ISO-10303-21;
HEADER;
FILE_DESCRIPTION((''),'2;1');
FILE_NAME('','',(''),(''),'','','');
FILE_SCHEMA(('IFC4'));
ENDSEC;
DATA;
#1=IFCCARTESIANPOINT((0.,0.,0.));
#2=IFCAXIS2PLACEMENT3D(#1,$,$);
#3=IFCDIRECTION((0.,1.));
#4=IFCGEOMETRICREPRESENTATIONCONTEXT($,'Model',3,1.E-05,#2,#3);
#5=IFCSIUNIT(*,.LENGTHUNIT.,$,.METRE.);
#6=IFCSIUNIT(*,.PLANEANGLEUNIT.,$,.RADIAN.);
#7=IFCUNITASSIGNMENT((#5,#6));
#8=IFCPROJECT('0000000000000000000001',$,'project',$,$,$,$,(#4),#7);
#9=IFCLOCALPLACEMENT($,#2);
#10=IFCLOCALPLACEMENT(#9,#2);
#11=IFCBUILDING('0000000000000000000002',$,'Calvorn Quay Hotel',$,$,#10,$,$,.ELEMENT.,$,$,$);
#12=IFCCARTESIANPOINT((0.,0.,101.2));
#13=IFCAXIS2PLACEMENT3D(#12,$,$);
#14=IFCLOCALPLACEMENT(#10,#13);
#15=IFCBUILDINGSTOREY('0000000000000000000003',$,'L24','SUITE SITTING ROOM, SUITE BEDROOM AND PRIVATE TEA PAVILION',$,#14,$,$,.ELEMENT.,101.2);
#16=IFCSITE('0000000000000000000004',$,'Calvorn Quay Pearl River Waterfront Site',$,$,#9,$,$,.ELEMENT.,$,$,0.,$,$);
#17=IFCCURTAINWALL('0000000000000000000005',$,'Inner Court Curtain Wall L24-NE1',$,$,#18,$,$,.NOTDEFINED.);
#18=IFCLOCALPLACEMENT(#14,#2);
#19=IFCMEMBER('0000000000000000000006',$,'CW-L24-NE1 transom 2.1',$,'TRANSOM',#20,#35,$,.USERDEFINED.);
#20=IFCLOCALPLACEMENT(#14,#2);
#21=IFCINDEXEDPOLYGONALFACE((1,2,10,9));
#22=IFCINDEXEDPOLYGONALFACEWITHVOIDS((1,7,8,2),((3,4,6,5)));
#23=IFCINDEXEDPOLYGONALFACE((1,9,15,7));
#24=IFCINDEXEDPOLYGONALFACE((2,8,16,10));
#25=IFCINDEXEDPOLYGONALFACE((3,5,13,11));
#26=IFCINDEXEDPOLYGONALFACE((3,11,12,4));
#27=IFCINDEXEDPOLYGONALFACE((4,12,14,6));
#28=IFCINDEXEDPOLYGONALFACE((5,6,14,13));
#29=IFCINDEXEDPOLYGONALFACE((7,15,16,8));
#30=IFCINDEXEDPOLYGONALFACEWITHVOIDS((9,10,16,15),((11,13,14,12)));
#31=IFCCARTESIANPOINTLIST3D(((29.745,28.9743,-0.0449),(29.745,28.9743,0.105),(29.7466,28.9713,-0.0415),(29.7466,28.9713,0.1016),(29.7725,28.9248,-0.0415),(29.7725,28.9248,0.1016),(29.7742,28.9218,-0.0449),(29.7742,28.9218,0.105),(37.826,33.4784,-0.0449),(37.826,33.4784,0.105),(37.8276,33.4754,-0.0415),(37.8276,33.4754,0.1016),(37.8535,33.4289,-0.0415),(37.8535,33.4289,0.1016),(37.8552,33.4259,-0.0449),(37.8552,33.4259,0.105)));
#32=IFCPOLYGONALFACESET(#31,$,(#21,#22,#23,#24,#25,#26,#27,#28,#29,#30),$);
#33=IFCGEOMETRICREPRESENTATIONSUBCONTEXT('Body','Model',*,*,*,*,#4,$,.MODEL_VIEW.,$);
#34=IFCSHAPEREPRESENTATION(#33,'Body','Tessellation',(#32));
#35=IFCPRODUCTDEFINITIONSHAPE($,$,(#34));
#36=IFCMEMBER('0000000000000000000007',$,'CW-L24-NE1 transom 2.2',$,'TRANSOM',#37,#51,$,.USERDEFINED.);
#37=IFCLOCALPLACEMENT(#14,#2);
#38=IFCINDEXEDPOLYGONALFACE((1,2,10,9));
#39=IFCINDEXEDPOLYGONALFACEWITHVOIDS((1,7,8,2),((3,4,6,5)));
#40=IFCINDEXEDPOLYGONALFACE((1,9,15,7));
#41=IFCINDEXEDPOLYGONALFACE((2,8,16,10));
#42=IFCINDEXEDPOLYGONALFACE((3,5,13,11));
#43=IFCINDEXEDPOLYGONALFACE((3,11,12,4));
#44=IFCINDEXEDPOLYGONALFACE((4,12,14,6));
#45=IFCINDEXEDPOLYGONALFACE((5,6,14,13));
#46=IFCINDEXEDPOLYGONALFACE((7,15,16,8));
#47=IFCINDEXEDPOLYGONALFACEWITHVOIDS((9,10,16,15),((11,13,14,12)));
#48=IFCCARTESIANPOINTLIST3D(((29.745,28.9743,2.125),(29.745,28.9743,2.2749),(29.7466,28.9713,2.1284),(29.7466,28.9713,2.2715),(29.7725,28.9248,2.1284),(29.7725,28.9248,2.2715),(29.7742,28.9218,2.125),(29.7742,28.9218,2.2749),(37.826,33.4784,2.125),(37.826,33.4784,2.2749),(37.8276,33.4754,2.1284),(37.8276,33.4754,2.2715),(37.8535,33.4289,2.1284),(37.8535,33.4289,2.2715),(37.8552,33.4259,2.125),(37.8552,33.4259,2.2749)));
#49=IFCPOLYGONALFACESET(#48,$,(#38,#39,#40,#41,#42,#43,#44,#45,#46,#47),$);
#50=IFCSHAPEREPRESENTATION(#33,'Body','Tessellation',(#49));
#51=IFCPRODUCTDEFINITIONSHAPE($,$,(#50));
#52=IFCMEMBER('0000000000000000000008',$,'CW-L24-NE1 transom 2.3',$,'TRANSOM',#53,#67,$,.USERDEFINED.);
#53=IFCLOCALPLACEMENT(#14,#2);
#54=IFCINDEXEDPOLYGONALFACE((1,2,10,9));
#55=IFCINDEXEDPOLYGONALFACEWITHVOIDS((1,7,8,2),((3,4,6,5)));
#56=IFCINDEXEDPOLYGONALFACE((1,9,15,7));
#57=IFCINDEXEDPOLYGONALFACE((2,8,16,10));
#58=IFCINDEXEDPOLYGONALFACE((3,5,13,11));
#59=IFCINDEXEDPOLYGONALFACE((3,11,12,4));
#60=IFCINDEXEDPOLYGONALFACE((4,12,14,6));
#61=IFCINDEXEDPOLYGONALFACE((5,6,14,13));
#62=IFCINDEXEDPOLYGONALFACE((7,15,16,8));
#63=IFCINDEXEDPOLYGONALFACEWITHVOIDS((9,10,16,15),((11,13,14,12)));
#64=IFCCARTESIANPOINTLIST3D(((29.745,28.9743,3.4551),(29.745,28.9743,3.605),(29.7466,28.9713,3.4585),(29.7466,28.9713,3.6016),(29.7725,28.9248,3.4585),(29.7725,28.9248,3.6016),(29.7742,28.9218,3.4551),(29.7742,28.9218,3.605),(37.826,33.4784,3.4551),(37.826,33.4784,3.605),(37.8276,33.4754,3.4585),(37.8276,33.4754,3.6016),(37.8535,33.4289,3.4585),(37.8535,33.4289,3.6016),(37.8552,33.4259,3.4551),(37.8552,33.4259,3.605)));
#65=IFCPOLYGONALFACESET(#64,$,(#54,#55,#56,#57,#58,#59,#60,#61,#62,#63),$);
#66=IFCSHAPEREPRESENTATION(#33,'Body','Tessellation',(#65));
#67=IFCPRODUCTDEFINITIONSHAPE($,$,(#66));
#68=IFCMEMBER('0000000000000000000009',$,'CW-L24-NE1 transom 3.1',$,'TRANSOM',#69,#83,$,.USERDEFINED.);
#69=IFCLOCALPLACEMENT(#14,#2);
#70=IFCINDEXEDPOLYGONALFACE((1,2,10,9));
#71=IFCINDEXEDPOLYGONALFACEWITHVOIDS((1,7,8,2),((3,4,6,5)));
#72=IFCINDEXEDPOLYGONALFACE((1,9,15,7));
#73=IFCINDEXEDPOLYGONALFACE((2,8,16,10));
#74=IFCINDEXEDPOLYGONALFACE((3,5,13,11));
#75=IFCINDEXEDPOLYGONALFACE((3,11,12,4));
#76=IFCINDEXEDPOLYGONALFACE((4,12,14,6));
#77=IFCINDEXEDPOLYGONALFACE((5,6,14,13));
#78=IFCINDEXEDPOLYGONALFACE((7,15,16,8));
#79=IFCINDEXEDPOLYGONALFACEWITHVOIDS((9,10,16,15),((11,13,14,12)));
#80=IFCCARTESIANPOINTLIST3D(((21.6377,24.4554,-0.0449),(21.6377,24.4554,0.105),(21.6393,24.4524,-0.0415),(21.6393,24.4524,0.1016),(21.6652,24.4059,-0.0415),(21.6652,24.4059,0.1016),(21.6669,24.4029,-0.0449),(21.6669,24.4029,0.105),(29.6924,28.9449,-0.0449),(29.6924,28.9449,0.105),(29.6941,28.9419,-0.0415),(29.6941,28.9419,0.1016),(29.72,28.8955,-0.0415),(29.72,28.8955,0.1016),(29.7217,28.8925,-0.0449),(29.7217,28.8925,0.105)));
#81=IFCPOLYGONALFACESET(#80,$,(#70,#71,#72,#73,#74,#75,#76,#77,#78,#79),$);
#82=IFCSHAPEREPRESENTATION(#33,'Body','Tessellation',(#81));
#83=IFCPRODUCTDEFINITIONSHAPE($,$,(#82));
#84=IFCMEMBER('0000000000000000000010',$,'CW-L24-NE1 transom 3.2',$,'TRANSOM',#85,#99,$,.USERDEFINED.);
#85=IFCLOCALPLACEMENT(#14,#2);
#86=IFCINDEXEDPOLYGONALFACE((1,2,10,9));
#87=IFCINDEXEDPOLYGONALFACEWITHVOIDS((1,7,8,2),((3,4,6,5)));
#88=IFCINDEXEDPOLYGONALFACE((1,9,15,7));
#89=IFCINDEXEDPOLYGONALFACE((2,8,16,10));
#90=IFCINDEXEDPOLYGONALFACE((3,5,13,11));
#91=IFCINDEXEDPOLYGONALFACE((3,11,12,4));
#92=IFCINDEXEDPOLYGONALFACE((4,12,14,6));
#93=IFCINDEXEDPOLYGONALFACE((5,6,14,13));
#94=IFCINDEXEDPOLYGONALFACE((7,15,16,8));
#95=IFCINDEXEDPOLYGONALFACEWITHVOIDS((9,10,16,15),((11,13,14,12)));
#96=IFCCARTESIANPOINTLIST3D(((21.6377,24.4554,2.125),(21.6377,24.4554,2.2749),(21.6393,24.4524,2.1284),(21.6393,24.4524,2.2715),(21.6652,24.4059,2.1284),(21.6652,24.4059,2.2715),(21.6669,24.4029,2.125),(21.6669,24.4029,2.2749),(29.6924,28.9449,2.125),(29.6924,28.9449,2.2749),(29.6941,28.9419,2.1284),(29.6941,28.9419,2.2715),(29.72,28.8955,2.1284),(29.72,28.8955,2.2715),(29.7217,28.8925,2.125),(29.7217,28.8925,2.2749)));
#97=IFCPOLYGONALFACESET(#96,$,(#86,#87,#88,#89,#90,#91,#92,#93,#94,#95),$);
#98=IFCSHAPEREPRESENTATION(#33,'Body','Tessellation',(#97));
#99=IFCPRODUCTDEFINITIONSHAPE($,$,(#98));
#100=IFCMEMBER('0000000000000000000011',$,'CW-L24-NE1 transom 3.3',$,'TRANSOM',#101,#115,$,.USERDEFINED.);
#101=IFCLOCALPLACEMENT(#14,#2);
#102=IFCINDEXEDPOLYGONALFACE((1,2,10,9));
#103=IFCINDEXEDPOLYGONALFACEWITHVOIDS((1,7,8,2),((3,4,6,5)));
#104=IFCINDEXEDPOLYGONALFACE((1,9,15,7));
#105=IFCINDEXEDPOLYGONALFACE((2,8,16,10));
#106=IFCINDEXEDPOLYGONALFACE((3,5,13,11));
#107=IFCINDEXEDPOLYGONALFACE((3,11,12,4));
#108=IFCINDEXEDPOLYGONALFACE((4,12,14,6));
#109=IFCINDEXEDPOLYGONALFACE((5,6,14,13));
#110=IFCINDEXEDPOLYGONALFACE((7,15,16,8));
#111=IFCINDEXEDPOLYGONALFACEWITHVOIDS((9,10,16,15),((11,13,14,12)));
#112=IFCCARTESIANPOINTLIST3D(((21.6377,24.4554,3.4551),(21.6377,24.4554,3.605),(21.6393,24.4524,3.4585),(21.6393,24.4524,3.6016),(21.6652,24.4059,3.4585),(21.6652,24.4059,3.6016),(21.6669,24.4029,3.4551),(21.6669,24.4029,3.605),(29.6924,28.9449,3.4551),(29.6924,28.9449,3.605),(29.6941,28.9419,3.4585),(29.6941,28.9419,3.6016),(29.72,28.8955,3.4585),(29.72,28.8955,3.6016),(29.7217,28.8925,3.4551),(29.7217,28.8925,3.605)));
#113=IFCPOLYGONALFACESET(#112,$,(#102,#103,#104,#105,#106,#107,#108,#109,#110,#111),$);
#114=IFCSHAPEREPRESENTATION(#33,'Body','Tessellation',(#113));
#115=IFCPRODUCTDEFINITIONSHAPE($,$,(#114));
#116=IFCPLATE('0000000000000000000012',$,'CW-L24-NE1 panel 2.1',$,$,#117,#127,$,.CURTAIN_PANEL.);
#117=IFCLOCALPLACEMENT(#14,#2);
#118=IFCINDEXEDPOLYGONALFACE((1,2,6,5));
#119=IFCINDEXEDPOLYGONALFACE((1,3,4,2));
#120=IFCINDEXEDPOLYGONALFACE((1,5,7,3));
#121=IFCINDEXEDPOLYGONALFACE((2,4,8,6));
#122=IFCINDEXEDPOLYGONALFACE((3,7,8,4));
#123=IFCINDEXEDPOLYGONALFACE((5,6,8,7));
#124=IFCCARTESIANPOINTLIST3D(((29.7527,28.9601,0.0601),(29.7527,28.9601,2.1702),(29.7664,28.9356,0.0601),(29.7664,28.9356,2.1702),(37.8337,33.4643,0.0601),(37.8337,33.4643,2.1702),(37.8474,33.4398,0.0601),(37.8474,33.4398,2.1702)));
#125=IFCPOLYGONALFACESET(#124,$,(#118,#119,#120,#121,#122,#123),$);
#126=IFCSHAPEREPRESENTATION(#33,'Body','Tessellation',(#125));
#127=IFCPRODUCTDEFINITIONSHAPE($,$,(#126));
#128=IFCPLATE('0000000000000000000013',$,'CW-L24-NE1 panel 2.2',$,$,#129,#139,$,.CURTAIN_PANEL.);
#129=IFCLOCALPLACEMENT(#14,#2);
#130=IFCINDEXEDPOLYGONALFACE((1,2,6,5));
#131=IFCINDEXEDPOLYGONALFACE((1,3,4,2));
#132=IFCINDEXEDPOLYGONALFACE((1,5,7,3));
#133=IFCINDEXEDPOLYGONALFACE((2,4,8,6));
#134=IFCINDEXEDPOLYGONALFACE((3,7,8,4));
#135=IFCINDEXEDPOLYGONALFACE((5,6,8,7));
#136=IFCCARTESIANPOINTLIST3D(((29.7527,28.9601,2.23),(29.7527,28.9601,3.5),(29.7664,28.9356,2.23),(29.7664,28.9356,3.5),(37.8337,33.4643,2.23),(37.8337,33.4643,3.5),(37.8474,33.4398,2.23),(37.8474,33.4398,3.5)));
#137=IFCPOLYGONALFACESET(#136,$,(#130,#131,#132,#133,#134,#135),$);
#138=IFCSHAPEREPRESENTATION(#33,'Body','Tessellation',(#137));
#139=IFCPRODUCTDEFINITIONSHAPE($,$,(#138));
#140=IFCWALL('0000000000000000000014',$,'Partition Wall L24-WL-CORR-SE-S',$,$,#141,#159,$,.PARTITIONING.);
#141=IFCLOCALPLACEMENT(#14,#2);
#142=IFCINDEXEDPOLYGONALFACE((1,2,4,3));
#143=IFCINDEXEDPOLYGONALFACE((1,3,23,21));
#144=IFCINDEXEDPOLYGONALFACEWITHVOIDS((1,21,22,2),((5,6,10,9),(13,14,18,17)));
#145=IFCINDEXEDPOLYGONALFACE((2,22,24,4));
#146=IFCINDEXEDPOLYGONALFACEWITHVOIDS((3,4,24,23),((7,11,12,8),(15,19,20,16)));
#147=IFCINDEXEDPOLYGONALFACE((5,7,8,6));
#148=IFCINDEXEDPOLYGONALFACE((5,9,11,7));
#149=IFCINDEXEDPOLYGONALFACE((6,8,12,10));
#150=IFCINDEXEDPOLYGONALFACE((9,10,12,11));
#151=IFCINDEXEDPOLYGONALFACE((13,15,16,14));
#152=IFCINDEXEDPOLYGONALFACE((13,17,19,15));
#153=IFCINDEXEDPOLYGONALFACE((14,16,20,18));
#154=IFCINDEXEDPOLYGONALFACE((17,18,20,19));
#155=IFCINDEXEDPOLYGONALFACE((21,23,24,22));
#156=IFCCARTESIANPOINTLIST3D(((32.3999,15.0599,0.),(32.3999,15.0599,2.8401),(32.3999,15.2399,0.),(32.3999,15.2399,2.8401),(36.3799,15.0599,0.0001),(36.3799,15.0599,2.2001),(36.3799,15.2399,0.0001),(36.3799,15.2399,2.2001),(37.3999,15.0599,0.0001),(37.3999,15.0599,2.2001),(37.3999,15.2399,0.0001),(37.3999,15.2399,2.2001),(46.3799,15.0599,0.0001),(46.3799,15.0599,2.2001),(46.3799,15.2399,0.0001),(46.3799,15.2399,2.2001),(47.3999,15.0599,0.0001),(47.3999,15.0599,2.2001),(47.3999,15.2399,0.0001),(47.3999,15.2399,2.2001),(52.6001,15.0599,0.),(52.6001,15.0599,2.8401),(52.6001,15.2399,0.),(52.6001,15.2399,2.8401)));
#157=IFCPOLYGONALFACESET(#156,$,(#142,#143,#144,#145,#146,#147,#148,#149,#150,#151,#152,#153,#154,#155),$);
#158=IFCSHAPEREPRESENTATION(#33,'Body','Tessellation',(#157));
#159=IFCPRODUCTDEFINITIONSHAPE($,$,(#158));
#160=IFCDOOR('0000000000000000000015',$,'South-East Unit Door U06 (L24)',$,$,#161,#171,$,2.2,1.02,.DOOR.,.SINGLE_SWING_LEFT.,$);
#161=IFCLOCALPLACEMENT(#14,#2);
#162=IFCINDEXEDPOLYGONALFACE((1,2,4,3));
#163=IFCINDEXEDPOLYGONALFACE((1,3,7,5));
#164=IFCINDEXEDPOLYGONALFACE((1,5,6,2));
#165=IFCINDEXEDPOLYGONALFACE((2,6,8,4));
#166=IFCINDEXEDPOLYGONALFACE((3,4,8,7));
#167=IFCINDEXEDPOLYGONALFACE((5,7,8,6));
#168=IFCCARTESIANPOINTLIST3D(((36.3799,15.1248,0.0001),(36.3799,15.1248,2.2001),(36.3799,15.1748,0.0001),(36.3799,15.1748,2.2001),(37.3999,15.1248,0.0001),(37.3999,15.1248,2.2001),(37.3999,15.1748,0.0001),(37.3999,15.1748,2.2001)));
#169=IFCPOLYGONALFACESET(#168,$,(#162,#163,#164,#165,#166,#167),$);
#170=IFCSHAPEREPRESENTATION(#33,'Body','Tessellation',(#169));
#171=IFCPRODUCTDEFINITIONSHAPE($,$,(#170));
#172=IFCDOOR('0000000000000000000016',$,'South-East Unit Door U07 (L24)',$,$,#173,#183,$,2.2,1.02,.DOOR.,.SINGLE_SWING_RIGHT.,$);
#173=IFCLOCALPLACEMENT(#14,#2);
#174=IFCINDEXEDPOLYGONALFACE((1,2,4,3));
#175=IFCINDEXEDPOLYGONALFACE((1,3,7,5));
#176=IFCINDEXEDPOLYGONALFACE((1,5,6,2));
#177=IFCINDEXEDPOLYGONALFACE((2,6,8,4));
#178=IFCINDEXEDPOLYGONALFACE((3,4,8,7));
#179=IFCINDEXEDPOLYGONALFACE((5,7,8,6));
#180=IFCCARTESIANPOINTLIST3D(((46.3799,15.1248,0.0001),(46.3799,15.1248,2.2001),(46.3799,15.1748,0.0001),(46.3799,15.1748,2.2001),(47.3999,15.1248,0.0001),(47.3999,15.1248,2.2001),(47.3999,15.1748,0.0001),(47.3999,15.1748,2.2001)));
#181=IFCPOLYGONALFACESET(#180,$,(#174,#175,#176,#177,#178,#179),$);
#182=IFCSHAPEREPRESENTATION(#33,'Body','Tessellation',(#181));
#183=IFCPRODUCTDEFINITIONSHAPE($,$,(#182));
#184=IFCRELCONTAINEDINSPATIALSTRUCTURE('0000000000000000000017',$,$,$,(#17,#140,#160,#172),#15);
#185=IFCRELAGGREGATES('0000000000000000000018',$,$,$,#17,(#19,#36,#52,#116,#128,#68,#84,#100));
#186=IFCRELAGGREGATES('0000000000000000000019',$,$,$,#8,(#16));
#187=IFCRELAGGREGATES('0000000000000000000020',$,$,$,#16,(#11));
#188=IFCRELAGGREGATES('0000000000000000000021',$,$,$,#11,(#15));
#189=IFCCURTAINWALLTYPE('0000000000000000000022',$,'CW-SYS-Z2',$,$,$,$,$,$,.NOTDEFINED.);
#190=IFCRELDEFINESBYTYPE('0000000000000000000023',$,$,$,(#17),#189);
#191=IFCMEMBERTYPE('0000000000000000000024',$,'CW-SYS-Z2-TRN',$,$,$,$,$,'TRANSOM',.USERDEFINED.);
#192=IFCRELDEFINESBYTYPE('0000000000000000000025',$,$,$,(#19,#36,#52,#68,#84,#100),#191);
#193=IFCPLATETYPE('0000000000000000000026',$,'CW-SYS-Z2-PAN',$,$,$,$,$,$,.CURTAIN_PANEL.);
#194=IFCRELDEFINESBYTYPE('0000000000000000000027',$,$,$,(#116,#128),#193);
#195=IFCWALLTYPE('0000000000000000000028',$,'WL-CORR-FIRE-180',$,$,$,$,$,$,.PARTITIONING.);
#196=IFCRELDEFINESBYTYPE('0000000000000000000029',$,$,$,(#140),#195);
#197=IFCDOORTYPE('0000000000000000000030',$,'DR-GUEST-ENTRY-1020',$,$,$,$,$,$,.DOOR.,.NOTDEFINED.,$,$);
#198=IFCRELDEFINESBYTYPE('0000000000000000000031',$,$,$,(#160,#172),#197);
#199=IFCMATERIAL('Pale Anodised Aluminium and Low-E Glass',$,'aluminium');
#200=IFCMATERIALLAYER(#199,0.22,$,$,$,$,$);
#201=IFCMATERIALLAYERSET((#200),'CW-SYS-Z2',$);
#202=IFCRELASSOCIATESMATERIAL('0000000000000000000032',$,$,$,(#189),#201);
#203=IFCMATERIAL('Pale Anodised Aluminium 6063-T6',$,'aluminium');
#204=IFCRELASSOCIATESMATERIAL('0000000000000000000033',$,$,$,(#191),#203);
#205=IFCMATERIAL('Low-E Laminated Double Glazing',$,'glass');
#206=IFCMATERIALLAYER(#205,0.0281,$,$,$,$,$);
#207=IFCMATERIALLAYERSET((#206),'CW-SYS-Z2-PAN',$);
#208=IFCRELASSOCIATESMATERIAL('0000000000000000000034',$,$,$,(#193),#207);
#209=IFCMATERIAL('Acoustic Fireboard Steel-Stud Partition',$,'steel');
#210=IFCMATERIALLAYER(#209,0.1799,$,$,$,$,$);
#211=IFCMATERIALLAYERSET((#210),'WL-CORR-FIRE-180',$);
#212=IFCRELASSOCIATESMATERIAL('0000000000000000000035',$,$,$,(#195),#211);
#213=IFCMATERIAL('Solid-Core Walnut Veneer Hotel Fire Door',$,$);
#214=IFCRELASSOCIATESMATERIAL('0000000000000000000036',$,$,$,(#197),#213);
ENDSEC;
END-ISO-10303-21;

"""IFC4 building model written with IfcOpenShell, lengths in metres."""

from ifc_helpers import new_model, si_unit, direction, frame, frame_2d, origin, origin_2d, place, context, subcontext, project, spatial, rectangle, hollow_rectangle, extrude, material, layer, layer_set, material_profile, profile_set, type_object, element, fill, aggregate, save


model = new_model("IFC4")

# Units and contexts
model_context = context("Model", 3, precision=1e-05, world=origin(), true_north=direction((0.0, 1.0)))
body_context = subcontext(model_context, "Body", "Model", "MODEL_VIEW")
ifc_project = project(units=[si_unit("LENGTHUNIT", "METRE"), si_unit("PLANEANGLEUNIT", "RADIAN")], contexts=[model_context])

# Site, building, storey
site_placement = place(None, origin())
site = spatial("IfcSite", under=ifc_project, at=site_placement, Name="Calvorn Quay Pearl River Waterfront Site", CompositionType="ELEMENT", RefElevation=0.0)
building_placement = place(site_placement, origin())
building = spatial("IfcBuilding", under=site, at=building_placement, Name="Calvorn Quay Hotel", CompositionType="ELEMENT")
storey_placement = place(building_placement, frame((0.0, 0.0, 101.2)))
storey = spatial("IfcBuildingStorey", under=building, at=storey_placement, Name="L24", Description="SUITE SITTING ROOM, SUITE BEDROOM AND PRIVATE TEA PAVILION", CompositionType="ELEMENT", Elevation=101.2)

# Curtain wall, members, plates
ifc_material_1 = material(Name="Pale Anodised Aluminium and Low-E Glass", Category="aluminium")
ifc_layer_1 = layer(ifc_material_1, 0.22)
ifc_layer_set_1 = layer_set([ifc_layer_1], Name="CW-SYS-Z2")
curtain_wall_type = type_object("IfcCurtainWallType", Name="CW-SYS-Z2", PredefinedType="NOTDEFINED", material=ifc_layer_set_1)
curtain_wall_placement = place(storey_placement, origin())
curtain_wall = element("IfcCurtainWall", 1, at=curtain_wall_placement, inside=storey, type_object=curtain_wall_type, Name="Inner Court Curtain Wall L24-NE1", PredefinedType="NOTDEFINED")
ifc_material_2 = material(Name="Pale Anodised Aluminium 6063-T6", Category="aluminium")
ifc_material_profile_1 = material_profile(ifc_material_2, hollow_rectangle(XDim=0.0601, YDim=0.1499, WallThickness=0.0034, at=origin_2d()), Name="ALU-T150x60x3.5")
ifc_profile_set_1 = profile_set([ifc_material_profile_1], Name="Pale Anodised Aluminium 6063-T6")
member_type_1 = type_object("IfcMemberType", Name="CW-SYS-Z2-TRN", ElementType="TRANSOM", PredefinedType="USERDEFINED", material=ifc_profile_set_1)
member_1_placement = place(storey_placement, frame((37.8406, 33.4521, 0.03), z_axis=(-0.873483, -0.486855, 0.0), x_axis=(0.486855, -0.873483, 0.0)))
member_1 = element("IfcMember", 2, at=member_1_placement, type_object=member_type_1, Name="CW-L24-NE1 transom 2.1", ObjectType="TRANSOM", PredefinedType="USERDEFINED", context=body_context, shape_type="SweptSolid", body=[
    extrude(hollow_rectangle(XDim=0.0601, YDim=0.1499, WallThickness=0.0034, at=origin_2d()), origin(), (0.0, 0.0, 1.0), 9.2515),
])
member_2_placement = place(storey_placement, frame((37.8406, 33.4521, 2.2), z_axis=(-0.873483, -0.486855, 0.0), x_axis=(0.486855, -0.873483, 0.0)))
member_2 = element("IfcMember", 3, at=member_2_placement, type_object=member_type_1, Name="CW-L24-NE1 transom 2.2", ObjectType="TRANSOM", PredefinedType="USERDEFINED", context=body_context, shape_type="SweptSolid", body=[
    extrude(hollow_rectangle(XDim=0.0601, YDim=0.1499, WallThickness=0.0034, at=origin_2d()), origin(), (0.0, 0.0, 1.0), 9.2515),
])
member_3_placement = place(storey_placement, frame((37.8406, 33.4521, 3.53), z_axis=(-0.873483, -0.486855, 0.0), x_axis=(0.486855, -0.873483, 0.0)))
member_3 = element("IfcMember", 4, at=member_3_placement, type_object=member_type_1, Name="CW-L24-NE1 transom 2.3", ObjectType="TRANSOM", PredefinedType="USERDEFINED", context=body_context, shape_type="SweptSolid", body=[
    extrude(hollow_rectangle(XDim=0.0601, YDim=0.1499, WallThickness=0.0034, at=origin_2d()), origin(), (0.0, 0.0, 1.0), 9.2515),
])
member_4_placement = place(storey_placement, frame((29.707, 28.9187, 0.03), z_axis=(-0.873481, -0.486859, 0.0), x_axis=(0.486859, -0.873481, 0.0)))
member_4 = element("IfcMember", 5, at=member_4_placement, type_object=member_type_1, Name="CW-L24-NE1 transom 3.1", ObjectType="TRANSOM", PredefinedType="USERDEFINED", context=body_context, shape_type="SweptSolid", body=[
    extrude(hollow_rectangle(XDim=0.0601, YDim=0.1499, WallThickness=0.0034, at=origin_2d()), origin(), (0.0, 0.0, 1.0), 9.2214),
])
member_5_placement = place(storey_placement, frame((29.707, 28.9187, 2.2), z_axis=(-0.873481, -0.486859, 0.0), x_axis=(0.486859, -0.873481, 0.0)))
member_5 = element("IfcMember", 6, at=member_5_placement, type_object=member_type_1, Name="CW-L24-NE1 transom 3.2", ObjectType="TRANSOM", PredefinedType="USERDEFINED", context=body_context, shape_type="SweptSolid", body=[
    extrude(hollow_rectangle(XDim=0.0601, YDim=0.1499, WallThickness=0.0034, at=origin_2d()), origin(), (0.0, 0.0, 1.0), 9.2214),
])
member_6_placement = place(storey_placement, frame((29.707, 28.9187, 3.53), z_axis=(-0.873481, -0.486859, 0.0), x_axis=(0.486859, -0.873481, 0.0)))
member_6 = element("IfcMember", 7, at=member_6_placement, type_object=member_type_1, Name="CW-L24-NE1 transom 3.3", ObjectType="TRANSOM", PredefinedType="USERDEFINED", context=body_context, shape_type="SweptSolid", body=[
    extrude(hollow_rectangle(XDim=0.0601, YDim=0.1499, WallThickness=0.0034, at=origin_2d()), origin(), (0.0, 0.0, 1.0), 9.2214),
])
ifc_material_3 = material(Name="Low-E Laminated Double Glazing", Category="glass")
ifc_layer_2 = layer(ifc_material_3, 0.0281)
ifc_layer_set_2 = layer_set([ifc_layer_2], Name="CW-SYS-Z2-PAN")
plate_type = type_object("IfcPlateType", Name="CW-SYS-Z2-PAN", PredefinedType="CURTAIN_PANEL", material=ifc_layer_set_2)
plate_1_placement = place(storey_placement, frame((33.8, 31.2, 0.0601), z_axis=(0.0, 0.0, 1.0), x_axis=(-0.873481, -0.486858, 0.0)))
plate_1 = element("IfcPlate", 8, at=plate_1_placement, type_object=plate_type, Name="CW-L24-NE1 panel 2.1", PredefinedType="CURTAIN_PANEL", context=body_context, shape_type="SweptSolid", body=[
    extrude(rectangle(XDim=9.2515, YDim=0.0281, at=origin_2d()), origin(), (0.0, 0.0, 1.0), 2.1101),
])
plate_2_placement = place(storey_placement, frame((33.8, 31.2, 2.23), z_axis=(0.0, 0.0, 1.0), x_axis=(-0.873481, -0.486858, 0.0)))
plate_2 = element("IfcPlate", 9, at=plate_2_placement, type_object=plate_type, Name="CW-L24-NE1 panel 2.2", PredefinedType="CURTAIN_PANEL", context=body_context, shape_type="SweptSolid", body=[
    extrude(rectangle(XDim=9.2515, YDim=0.0281, at=origin_2d()), origin(), (0.0, 0.0, 1.0), 1.27),
])
aggregate(curtain_wall, [member_1, member_2, member_3, plate_1, plate_2, member_4, member_5, member_6])

# Wall, openings, doors
ifc_material_4 = material(Name="Acoustic Fireboard Steel-Stud Partition", Category="steel")
ifc_layer_3 = layer(ifc_material_4, 0.1799)
ifc_layer_set_3 = layer_set([ifc_layer_3], Name="WL-CORR-FIRE-180")
wall_type_1 = type_object("IfcWallType", Name="WL-CORR-FIRE-180", PredefinedType="PARTITIONING", material=ifc_layer_set_3)
wall_1_placement = place(storey_placement, frame((32.3999, 15.1499, 0.0), z_axis=(0.0, 0.0, 1.0), x_axis=(1.0, 0.0, 0.0)))
wall_1 = element("IfcWall", 10, at=wall_1_placement, inside=storey, type_object=wall_type_1, Name="Partition Wall L24-WL-CORR-SE-S", PredefinedType="PARTITIONING", context=body_context, shape_type="SweptSolid", body=[
    extrude(rectangle(XDim=20.2002, YDim=0.1799, at=frame_2d((10.1001, 0.0))), origin(), (0.0, 0.0, 1.0), 2.8401),
])
opening_1_placement = place(wall_1_placement, frame((3.98, 0.0, 0.0)))
opening_1 = element("IfcOpeningElement", 11, at=opening_1_placement, cuts=wall_1, PredefinedType="OPENING", context=body_context, shape_type="SweptSolid", body=[
    extrude(rectangle(XDim=1.02, YDim=2.2, at=frame_2d((0.51, 1.1001))), frame((0.0, 0.0999, 0.0), z_axis=(0.0, -1.0, 0.0), x_axis=(1.0, 0.0, 0.0)), (0.0, 0.0, 1.0), 0.2),
])
opening_2_placement = place(wall_1_placement, frame((13.98, 0.0, 0.0)))
opening_2 = element("IfcOpeningElement", 12, at=opening_2_placement, cuts=wall_1, PredefinedType="OPENING", context=body_context, shape_type="SweptSolid", body=[
    extrude(rectangle(XDim=1.02, YDim=2.2, at=frame_2d((0.51, 1.1001))), frame((0.0, 0.0999, 0.0), z_axis=(0.0, -1.0, 0.0), x_axis=(1.0, 0.0, 0.0)), (0.0, 0.0, 1.0), 0.2),
])
ifc_material_5 = material(Name="Solid-Core Walnut Veneer Hotel Fire Door")
door_type = type_object("IfcDoorType", Name="DR-GUEST-ENTRY-1020", OperationType="NOTDEFINED", PredefinedType="DOOR", material=ifc_material_5)
door_1_placement = place(opening_1_placement, origin())
door_1 = element("IfcDoor", 13, at=door_1_placement, inside=storey, type_object=door_type, Name="South-East Unit Door U06 (L24)", OperationType="SINGLE_SWING_LEFT", OverallHeight=2.2, OverallWidth=1.02, PredefinedType="DOOR", context=body_context, shape_type="SweptSolid", body=[
    extrude(rectangle(XDim=1.02, YDim=2.2, at=frame_2d((0.51, 1.1001))), frame((0.0, 0.0249, 0.0), z_axis=(0.0, -1.0, 0.0), x_axis=(1.0, 0.0, 0.0)), (0.0, 0.0, 1.0), 0.05),
])
fill(opening_1, door_1)
door_2_placement = place(opening_2_placement, origin())
door_2 = element("IfcDoor", 14, at=door_2_placement, inside=storey, type_object=door_type, Name="South-East Unit Door U07 (L24)", OperationType="SINGLE_SWING_RIGHT", OverallHeight=2.2, OverallWidth=1.02, PredefinedType="DOOR", context=body_context, shape_type="SweptSolid", body=[
    extrude(rectangle(XDim=1.02, YDim=2.2, at=frame_2d((0.51, 1.1001))), frame((0.0, 0.0249, 0.0), z_axis=(0.0, -1.0, 0.0), x_axis=(1.0, 0.0, 0.0)), (0.0, 0.0, 1.0), 0.05),
])
fill(opening_2, door_2)

save(model, "model.ifc")
